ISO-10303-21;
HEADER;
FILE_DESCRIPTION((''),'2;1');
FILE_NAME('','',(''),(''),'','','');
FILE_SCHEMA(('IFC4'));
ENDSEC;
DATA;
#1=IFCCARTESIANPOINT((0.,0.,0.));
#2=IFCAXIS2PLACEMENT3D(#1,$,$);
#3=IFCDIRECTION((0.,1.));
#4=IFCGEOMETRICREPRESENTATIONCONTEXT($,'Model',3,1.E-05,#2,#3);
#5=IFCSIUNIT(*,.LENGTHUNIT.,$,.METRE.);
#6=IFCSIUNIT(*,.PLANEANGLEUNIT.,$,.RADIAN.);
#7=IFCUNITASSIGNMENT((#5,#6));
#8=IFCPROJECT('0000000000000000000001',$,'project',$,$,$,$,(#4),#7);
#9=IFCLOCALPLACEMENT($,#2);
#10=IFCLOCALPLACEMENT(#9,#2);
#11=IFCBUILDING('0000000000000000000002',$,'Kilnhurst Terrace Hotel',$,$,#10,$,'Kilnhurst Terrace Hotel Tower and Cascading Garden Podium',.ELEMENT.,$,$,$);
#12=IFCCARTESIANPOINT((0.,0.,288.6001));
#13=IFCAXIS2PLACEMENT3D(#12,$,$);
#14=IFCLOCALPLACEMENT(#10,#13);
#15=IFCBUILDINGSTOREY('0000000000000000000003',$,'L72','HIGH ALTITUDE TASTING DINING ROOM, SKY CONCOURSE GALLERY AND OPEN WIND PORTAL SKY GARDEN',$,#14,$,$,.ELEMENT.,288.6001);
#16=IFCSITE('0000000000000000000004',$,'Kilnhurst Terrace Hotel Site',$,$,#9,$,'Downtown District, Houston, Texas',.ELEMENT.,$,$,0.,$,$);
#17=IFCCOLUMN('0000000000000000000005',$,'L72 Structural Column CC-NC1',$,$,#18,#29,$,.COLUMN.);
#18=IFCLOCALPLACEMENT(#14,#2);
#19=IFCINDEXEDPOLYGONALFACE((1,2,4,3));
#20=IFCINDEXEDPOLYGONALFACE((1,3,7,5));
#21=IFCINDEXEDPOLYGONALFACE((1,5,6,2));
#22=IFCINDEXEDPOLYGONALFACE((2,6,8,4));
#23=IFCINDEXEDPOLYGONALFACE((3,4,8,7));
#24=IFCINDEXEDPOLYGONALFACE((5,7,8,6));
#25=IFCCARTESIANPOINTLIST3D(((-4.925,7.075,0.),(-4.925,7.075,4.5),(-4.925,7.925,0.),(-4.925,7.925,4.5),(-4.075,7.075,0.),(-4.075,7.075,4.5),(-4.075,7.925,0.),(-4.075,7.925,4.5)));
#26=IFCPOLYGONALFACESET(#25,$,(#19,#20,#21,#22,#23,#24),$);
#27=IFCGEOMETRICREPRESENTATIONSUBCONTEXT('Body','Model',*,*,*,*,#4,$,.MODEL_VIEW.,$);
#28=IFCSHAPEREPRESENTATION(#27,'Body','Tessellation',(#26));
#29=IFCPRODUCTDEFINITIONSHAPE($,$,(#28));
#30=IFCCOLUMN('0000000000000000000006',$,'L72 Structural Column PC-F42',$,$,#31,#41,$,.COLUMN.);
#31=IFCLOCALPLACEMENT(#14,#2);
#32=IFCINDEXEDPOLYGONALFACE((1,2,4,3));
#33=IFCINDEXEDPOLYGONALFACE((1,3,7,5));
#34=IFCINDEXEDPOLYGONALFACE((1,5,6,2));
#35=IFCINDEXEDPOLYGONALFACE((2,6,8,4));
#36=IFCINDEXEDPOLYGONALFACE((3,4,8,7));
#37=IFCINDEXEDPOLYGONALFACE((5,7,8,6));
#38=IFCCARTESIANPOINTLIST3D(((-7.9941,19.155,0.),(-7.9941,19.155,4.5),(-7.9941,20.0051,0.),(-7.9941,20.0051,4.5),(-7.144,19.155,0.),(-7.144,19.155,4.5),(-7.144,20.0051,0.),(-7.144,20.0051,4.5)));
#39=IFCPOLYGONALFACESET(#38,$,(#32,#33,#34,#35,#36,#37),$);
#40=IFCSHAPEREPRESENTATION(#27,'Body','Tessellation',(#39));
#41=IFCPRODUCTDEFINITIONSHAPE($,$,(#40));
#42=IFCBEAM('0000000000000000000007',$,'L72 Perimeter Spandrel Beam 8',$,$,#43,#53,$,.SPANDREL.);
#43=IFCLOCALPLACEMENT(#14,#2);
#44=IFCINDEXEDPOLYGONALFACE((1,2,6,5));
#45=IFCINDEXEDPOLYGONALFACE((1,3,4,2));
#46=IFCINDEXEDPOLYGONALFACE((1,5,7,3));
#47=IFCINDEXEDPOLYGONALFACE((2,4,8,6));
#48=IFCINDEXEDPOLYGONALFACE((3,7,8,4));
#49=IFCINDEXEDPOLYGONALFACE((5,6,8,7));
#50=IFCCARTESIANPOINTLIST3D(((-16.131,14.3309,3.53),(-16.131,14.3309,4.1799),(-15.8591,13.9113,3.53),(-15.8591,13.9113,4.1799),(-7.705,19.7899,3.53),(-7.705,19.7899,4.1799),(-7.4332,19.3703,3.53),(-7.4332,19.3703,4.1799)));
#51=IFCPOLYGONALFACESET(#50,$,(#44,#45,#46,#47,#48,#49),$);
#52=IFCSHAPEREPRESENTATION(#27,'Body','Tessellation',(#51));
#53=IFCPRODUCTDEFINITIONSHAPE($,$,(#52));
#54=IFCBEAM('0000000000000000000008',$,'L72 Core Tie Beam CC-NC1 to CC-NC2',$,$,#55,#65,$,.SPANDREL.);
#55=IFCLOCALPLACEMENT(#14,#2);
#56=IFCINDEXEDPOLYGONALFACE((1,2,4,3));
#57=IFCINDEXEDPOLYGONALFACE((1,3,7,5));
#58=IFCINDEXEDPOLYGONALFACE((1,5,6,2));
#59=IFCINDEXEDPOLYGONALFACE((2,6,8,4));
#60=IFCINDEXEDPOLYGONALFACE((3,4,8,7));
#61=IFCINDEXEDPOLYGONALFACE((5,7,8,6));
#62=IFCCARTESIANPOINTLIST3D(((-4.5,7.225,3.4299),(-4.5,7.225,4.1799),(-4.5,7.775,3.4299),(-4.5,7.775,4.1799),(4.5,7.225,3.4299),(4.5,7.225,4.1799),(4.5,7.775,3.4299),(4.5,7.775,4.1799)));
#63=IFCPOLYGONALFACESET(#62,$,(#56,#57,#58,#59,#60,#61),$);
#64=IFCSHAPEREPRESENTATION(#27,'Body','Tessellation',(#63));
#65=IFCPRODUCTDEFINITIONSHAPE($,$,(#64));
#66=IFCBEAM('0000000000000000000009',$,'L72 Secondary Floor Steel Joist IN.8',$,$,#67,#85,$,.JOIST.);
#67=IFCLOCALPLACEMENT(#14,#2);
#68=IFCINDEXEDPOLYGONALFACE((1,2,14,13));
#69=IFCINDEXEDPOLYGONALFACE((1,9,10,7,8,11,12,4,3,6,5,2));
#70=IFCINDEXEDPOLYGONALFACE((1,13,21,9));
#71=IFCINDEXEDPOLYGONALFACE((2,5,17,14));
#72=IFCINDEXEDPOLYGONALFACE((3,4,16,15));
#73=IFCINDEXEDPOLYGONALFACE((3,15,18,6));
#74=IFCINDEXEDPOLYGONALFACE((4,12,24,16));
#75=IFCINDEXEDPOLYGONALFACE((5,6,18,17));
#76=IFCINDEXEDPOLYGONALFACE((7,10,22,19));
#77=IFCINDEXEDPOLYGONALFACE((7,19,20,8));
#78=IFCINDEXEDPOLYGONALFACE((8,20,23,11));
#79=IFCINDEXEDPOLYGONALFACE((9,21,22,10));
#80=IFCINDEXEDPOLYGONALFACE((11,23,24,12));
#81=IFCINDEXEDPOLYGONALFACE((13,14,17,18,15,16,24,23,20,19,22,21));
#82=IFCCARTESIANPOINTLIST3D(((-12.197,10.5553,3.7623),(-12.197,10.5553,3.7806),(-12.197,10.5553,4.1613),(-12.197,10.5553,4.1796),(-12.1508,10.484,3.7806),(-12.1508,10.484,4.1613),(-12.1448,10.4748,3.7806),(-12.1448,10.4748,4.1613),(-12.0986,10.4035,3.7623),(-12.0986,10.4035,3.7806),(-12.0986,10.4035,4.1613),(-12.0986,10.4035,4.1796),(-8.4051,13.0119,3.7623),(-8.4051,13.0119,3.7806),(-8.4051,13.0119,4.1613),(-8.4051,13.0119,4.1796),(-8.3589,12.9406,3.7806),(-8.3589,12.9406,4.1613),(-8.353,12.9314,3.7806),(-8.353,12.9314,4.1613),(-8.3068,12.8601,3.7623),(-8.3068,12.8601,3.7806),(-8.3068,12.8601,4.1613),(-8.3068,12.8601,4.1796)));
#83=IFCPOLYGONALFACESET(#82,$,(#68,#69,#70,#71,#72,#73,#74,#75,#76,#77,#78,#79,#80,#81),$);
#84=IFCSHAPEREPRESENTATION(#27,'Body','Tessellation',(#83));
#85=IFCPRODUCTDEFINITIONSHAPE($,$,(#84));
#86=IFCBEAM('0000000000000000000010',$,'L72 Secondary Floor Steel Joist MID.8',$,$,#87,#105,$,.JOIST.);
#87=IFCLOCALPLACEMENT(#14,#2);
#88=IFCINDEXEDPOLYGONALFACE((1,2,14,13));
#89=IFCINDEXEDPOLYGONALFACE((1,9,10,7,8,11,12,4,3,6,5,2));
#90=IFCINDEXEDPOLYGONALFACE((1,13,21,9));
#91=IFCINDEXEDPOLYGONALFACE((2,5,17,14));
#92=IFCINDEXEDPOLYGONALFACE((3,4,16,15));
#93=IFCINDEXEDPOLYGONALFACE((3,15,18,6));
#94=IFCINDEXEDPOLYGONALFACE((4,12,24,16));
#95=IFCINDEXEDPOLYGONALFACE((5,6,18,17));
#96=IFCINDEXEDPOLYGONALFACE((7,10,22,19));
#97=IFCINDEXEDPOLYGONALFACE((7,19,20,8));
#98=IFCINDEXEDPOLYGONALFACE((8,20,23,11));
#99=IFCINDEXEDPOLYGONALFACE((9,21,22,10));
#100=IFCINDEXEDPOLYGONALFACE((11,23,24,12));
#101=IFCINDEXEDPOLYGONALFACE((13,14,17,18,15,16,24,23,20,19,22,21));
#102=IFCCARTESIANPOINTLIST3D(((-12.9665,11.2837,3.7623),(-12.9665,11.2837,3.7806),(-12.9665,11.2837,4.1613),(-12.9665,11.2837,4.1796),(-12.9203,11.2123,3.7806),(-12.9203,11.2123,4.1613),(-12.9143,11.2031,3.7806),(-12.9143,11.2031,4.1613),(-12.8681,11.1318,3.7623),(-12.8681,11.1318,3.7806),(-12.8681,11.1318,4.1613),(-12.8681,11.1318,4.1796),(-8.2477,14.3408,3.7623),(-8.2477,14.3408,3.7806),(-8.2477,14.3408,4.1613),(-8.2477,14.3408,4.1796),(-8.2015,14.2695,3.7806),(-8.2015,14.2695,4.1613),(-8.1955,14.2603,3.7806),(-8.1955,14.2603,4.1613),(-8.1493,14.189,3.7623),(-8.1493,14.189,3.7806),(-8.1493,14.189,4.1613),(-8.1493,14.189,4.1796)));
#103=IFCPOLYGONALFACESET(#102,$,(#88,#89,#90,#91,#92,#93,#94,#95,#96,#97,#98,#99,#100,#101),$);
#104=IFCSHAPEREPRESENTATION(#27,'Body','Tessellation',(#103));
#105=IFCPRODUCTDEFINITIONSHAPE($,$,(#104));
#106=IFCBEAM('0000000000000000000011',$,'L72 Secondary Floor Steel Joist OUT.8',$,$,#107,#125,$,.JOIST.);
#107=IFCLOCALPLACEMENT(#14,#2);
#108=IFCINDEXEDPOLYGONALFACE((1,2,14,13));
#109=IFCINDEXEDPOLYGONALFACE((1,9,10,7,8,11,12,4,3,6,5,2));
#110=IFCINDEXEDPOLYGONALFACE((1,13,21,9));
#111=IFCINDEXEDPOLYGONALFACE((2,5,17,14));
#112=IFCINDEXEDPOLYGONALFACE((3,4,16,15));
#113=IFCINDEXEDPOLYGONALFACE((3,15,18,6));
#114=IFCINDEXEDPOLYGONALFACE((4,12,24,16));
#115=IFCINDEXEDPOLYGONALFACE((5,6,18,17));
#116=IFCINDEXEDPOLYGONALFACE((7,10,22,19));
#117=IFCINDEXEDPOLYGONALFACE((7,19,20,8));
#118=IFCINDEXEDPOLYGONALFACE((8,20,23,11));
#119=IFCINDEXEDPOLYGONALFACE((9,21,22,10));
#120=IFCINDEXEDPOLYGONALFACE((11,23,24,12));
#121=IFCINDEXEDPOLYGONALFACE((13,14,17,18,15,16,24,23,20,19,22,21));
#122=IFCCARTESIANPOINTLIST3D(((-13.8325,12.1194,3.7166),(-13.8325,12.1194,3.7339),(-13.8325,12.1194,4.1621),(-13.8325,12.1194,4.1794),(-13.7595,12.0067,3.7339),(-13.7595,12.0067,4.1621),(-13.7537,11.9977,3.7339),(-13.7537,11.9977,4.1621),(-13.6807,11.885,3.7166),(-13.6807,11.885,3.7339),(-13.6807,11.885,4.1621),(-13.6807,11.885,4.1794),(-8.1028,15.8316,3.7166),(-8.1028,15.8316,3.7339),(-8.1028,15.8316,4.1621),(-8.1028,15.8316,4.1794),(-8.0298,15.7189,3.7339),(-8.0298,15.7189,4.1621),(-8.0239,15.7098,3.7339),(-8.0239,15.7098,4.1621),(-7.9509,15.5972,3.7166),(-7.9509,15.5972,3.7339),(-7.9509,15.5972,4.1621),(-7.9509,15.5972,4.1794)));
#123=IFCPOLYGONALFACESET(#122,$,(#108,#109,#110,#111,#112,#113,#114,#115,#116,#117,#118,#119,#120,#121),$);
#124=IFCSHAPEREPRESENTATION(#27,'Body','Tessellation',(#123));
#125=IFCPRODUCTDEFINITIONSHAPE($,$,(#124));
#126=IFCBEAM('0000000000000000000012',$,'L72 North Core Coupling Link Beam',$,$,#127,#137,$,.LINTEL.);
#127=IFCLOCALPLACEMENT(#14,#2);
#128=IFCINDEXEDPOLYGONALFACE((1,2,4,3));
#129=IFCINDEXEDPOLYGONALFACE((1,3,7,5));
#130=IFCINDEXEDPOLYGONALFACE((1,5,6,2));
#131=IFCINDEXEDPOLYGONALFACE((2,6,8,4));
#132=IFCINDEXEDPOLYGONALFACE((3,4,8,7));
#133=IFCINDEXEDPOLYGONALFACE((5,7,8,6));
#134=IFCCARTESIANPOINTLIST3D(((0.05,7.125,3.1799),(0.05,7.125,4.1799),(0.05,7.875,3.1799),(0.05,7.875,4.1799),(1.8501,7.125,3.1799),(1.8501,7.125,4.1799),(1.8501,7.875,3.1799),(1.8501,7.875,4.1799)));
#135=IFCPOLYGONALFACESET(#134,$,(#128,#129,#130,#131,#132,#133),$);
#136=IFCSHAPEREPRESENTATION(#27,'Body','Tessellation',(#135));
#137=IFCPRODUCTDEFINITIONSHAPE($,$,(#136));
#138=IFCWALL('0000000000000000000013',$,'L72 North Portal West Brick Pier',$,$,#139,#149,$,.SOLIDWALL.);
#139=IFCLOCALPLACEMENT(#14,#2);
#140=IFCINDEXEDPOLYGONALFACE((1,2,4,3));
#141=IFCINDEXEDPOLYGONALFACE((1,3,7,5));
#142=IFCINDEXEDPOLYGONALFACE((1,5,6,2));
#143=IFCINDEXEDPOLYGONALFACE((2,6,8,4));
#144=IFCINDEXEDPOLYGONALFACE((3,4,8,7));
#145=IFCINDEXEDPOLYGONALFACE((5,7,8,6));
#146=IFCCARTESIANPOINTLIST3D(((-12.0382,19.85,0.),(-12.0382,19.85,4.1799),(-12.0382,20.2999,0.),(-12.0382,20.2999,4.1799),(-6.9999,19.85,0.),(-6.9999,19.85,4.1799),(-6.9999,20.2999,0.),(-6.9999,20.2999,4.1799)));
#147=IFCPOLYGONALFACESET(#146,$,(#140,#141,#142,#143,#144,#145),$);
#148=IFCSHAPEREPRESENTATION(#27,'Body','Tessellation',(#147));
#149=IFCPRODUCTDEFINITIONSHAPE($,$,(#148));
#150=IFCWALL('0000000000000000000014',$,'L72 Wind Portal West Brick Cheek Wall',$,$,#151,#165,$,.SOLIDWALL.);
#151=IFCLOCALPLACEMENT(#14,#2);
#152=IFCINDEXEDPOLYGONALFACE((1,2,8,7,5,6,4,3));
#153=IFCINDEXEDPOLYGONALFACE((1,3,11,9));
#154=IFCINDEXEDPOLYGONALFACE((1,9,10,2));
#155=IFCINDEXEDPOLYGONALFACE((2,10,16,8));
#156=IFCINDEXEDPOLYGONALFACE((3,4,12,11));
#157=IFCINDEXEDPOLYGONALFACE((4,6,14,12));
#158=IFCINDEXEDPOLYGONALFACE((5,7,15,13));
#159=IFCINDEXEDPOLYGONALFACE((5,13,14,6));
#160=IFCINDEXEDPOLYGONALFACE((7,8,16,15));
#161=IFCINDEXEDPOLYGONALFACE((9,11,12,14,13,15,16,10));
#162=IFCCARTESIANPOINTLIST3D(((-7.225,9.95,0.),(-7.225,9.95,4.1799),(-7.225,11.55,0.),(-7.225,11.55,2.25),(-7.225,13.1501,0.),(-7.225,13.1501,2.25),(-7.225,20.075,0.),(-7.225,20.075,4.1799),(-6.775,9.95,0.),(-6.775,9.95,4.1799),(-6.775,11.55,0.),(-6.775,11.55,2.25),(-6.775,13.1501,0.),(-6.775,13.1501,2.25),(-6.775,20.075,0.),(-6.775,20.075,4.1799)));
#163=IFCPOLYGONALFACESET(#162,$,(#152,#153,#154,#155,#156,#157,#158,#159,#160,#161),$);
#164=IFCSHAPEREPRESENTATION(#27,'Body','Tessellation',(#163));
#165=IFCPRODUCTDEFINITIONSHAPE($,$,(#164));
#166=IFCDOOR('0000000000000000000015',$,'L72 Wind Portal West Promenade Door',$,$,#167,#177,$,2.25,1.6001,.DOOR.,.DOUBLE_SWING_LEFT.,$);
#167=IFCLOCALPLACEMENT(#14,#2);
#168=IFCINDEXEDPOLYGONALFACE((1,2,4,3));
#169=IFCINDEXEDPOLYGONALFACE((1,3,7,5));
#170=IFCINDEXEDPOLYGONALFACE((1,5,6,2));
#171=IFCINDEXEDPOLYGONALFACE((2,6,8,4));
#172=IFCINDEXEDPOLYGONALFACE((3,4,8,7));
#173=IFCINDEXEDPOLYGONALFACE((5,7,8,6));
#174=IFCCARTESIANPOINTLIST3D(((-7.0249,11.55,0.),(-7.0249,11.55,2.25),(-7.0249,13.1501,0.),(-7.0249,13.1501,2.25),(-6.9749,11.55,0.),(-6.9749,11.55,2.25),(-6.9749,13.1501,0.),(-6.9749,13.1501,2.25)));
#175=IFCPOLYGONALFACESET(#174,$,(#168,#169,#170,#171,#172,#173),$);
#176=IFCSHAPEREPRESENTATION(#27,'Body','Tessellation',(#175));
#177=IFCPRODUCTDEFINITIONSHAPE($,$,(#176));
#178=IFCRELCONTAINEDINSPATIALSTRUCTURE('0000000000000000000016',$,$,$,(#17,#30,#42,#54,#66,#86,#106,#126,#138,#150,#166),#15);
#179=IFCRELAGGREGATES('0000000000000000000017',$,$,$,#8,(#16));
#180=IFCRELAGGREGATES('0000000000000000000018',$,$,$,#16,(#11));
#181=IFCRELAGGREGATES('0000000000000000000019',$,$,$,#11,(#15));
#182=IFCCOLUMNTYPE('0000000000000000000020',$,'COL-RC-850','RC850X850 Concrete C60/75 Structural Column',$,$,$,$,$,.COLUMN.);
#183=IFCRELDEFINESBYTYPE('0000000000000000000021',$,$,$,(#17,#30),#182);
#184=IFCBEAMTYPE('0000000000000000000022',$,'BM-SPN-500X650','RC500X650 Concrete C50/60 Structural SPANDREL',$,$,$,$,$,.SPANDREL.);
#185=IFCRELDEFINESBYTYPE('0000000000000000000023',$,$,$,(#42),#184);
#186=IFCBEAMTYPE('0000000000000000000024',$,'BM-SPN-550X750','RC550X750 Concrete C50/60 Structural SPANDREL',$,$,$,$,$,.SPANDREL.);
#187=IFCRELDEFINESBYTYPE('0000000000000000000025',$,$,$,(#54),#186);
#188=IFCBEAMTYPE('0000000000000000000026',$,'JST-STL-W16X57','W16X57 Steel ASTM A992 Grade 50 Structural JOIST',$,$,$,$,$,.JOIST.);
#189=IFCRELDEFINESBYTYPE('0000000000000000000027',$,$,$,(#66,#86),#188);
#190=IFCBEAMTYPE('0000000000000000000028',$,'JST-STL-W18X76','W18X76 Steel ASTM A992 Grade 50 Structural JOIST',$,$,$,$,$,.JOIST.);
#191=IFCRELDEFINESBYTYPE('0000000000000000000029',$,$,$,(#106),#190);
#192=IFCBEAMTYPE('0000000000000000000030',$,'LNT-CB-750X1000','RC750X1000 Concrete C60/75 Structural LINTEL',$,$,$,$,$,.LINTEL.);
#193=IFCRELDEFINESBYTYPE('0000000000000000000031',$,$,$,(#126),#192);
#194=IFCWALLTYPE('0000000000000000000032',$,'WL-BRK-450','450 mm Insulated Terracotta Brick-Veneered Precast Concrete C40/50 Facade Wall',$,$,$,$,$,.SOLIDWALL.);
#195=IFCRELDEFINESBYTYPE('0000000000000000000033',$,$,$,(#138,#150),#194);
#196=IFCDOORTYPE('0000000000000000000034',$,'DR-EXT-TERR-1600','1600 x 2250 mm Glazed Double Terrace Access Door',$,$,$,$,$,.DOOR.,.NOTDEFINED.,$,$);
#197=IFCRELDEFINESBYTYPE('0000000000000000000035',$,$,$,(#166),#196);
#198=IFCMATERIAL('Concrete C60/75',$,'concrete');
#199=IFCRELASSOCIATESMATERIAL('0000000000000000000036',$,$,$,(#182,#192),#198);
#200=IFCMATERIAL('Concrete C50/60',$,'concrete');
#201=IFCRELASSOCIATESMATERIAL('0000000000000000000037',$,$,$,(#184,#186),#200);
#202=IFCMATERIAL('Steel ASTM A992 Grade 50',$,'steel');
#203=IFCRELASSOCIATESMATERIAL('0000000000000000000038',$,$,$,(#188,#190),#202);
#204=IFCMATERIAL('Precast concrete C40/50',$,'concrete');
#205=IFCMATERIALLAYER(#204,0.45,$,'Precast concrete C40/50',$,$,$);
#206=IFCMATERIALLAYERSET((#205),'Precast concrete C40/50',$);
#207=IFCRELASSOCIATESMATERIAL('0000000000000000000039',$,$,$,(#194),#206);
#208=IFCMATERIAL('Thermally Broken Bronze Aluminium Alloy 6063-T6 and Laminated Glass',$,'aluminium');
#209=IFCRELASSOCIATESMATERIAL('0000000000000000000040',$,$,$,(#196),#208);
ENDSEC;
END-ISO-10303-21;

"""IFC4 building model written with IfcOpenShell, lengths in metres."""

from ifc_helpers import new_model, si_unit, direction, frame, frame_2d, origin, origin_2d, place, context, subcontext, project, spatial, rectangle, i_section, extrude, material, layer, layer_set, material_profile, profile_set, type_object, element, fill, save


model = new_model("IFC4")

# Units and contexts
model_context = context("Model", 3, precision=1e-05, world=origin(), true_north=direction((0.0, 1.0)))
body_context = subcontext(model_context, "Body", "Model", "MODEL_VIEW")
ifc_project = project(units=[si_unit("LENGTHUNIT", "METRE"), si_unit("PLANEANGLEUNIT", "RADIAN")], contexts=[model_context])

# Site, building, storey
site_placement = place(None, origin())
site = spatial("IfcSite", under=ifc_project, at=site_placement, Name="Kilnhurst Terrace Hotel Site", LongName="Downtown District, Houston, Texas", CompositionType="ELEMENT", RefElevation=0.0)
building_placement = place(site_placement, origin())
building = spatial("IfcBuilding", under=site, at=building_placement, Name="Kilnhurst Terrace Hotel", LongName="Kilnhurst Terrace Hotel Tower and Cascading Garden Podium", CompositionType="ELEMENT")
storey_placement = place(building_placement, frame((0.0, 0.0, 288.6001)))
storey = spatial("IfcBuildingStorey", under=building, at=storey_placement, Name="L72", Description="HIGH ALTITUDE TASTING DINING ROOM, SKY CONCOURSE GALLERY AND OPEN WIND PORTAL SKY GARDEN", CompositionType="ELEMENT", Elevation=288.6001)

# Columns
ifc_material_1 = material(Name="Concrete C60/75", Category="concrete")
ifc_material_profile_1 = material_profile(ifc_material_1, rectangle(XDim=0.8501, YDim=0.8501, at=origin_2d()), Name="RC850X850")
ifc_profile_set_1 = profile_set([ifc_material_profile_1], Name="Concrete C60/75")
column_type = type_object("IfcColumnType", Name="COL-RC-850", Description="RC850X850 Concrete C60/75 Structural Column", PredefinedType="COLUMN", material=ifc_profile_set_1)
for number, where, z_axis, x_axis, name in (
    (1, (-4.5, 7.5, 0.0), (0.0, 0.0, 1.0), (1.0, 0.0, 0.0), "L72 Structural Column CC-NC1"),
    (2, (-7.5691, 19.5801, 0.0), (0.0, 0.0, 1.0), (1.0, 0.0, 0.0), "L72 Structural Column PC-F42"),
):
    element("IfcColumn", number, at=place(storey_placement, frame(where, z_axis=z_axis, x_axis=x_axis)), inside=storey, type_object=column_type, Name=name, PredefinedType="COLUMN", context=body_context, shape_type="SweptSolid", body=[
        extrude(rectangle(XDim=0.8501, YDim=0.8501, at=origin_2d()), origin(), (0.0, 0.0, 1.0), 4.5),
    ])

# Beams
ifc_material_2 = material(Name="Concrete C50/60", Category="concrete")
ifc_material_profile_2 = material_profile(ifc_material_2, rectangle(XDim=0.5, YDim=0.6499, at=origin_2d()), Name="RC500X650")
ifc_profile_set_2 = profile_set([ifc_material_profile_2], Name="Concrete C50/60")
beam_type_1 = type_object("IfcBeamType", Name="BM-SPN-500X650", Description="RC500X650 Concrete C50/60 Structural SPANDREL", PredefinedType="SPANDREL", material=ifc_profile_set_2)
beam_1_placement = place(storey_placement, frame((-7.5691, 19.5801, 3.855), z_axis=(-0.839259, -0.543732, 0.0), x_axis=(0.543732, -0.839259, 0.0)))
element("IfcBeam", 3, at=beam_1_placement, inside=storey, type_object=beam_type_1, Name="L72 Perimeter Spandrel Beam 8", PredefinedType="SPANDREL", context=body_context, shape_type="SweptSolid", body=[
    extrude(rectangle(XDim=0.5, YDim=0.6499, at=origin_2d()), origin(), (0.0, 0.0, 1.0), 10.0398),
])
ifc_material_profile_3 = material_profile(ifc_material_2, rectangle(XDim=0.55, YDim=0.75, at=origin_2d()), Name="RC550X750")
ifc_profile_set_3 = profile_set([ifc_material_profile_3], Name="Concrete C50/60")
beam_type_2 = type_object("IfcBeamType", Name="BM-SPN-550X750", Description="RC550X750 Concrete C50/60 Structural SPANDREL", PredefinedType="SPANDREL", material=ifc_profile_set_3)
beam_2_placement = place(storey_placement, frame((-4.5, 7.5, 3.8049), z_axis=(1.0, 0.0, 0.0), x_axis=(0.0, 1.0, 0.0)))
element("IfcBeam", 4, at=beam_2_placement, inside=storey, type_object=beam_type_2, Name="L72 Core Tie Beam CC-NC1 to CC-NC2", PredefinedType="SPANDREL", context=body_context, shape_type="SweptSolid", body=[
    extrude(rectangle(XDim=0.55, YDim=0.75, at=origin_2d()), origin(), (0.0, 0.0, 1.0), 9.0),
])
ifc_material_3 = material(Name="Steel ASTM A992 Grade 50", Category="steel")
ifc_material_profile_4 = material_profile(ifc_material_3, i_section(OverallWidth=0.1809, OverallDepth=0.4172, WebThickness=0.011, FlangeThickness=0.0183, at=origin_2d()), Name="W16X57")
ifc_profile_set_4 = profile_set([ifc_material_profile_4], Name="Steel ASTM A992 Grade 50")
beam_type_3 = type_object("IfcBeamType", Name="JST-STL-W16X57", Description="W16X57 Steel ASTM A992 Grade 50 Structural JOIST", PredefinedType="JOIST", material=ifc_profile_set_4)
beam_3_placement = place(storey_placement, frame((-8.356, 12.936, 3.9709), z_axis=(-0.839261, -0.543728, 0.0), x_axis=(0.543728, -0.839261, 0.0)))
element("IfcBeam", 5, at=beam_3_placement, inside=storey, type_object=beam_type_3, Name="L72 Secondary Floor Steel Joist IN.8", PredefinedType="JOIST", context=body_context, shape_type="SweptSolid", body=[
    extrude(i_section(OverallWidth=0.1809, OverallDepth=0.4172, WebThickness=0.011, FlangeThickness=0.0183, at=origin_2d()), origin(), (0.0, 0.0, 1.0), 4.5181),
])
beam_4_placement = place(storey_placement, frame((-8.1985, 14.2649, 3.9709), z_axis=(-0.83926, -0.54373, 0.0), x_axis=(0.54373, -0.83926, 0.0)))
element("IfcBeam", 6, at=beam_4_placement, inside=storey, type_object=beam_type_3, Name="L72 Secondary Floor Steel Joist MID.8", PredefinedType="JOIST", context=body_context, shape_type="SweptSolid", body=[
    extrude(i_section(OverallWidth=0.1809, OverallDepth=0.4172, WebThickness=0.011, FlangeThickness=0.0183, at=origin_2d()), origin(), (0.0, 0.0, 1.0), 5.6226),
])
ifc_material_profile_5 = material_profile(ifc_material_3, i_section(OverallWidth=0.2793, OverallDepth=0.4629, WebThickness=0.0107, FlangeThickness=0.0173, at=origin_2d()), Name="W18X76")
ifc_profile_set_5 = profile_set([ifc_material_profile_5], Name="Steel ASTM A992 Grade 50")
beam_type_4 = type_object("IfcBeamType", Name="JST-STL-W18X76", Description="W18X76 Steel ASTM A992 Grade 50 Structural JOIST", PredefinedType="JOIST", material=ifc_profile_set_5)
beam_5_placement = place(storey_placement, frame((-8.0269, 15.7144, 3.948), z_axis=(-0.839257, -0.543735, 0.0), x_axis=(0.543735, -0.839257, 0.0)))
element("IfcBeam", 7, at=beam_5_placement, inside=storey, type_object=beam_type_4, Name="L72 Secondary Floor Steel Joist OUT.8", PredefinedType="JOIST", context=body_context, shape_type="SweptSolid", body=[
    extrude(i_section(OverallWidth=0.2793, OverallDepth=0.4629, WebThickness=0.0107, FlangeThickness=0.0173, at=origin_2d()), origin(), (0.0, 0.0, 1.0), 6.8271),
])
ifc_material_profile_6 = material_profile(ifc_material_1, rectangle(XDim=0.75, YDim=1.0, at=origin_2d()), Name="RC750X1000")
ifc_profile_set_6 = profile_set([ifc_material_profile_6], Name="Concrete C60/75")
beam_type_5 = type_object("IfcBeamType", Name="LNT-CB-750X1000", Description="RC750X1000 Concrete C60/75 Structural LINTEL", PredefinedType="LINTEL", material=ifc_profile_set_6)
beam_6_placement = place(storey_placement, frame((0.05, 7.5, 3.6799), z_axis=(1.0, 0.0, 0.0), x_axis=(0.0, 1.0, 0.0)))
element("IfcBeam", 8, at=beam_6_placement, inside=storey, type_object=beam_type_5, Name="L72 North Core Coupling Link Beam", PredefinedType="LINTEL", context=body_context, shape_type="SweptSolid", body=[
    extrude(rectangle(XDim=0.75, YDim=1.0, at=origin_2d()), origin(), (0.0, 0.0, 1.0), 1.8),
])

# Wall
ifc_material_4 = material(Name="Precast concrete C40/50", Category="concrete")
ifc_layer_1 = layer(ifc_material_4, 0.45, Name="Precast concrete C40/50")
ifc_layer_set_1 = layer_set([ifc_layer_1], Name="Precast concrete C40/50")
wall_type_1 = type_object("IfcWallType", Name="WL-BRK-450", Description="450 mm Insulated Terracotta Brick-Veneered Precast Concrete C40/50 Facade Wall", PredefinedType="SOLIDWALL", material=ifc_layer_set_1)
wall_1_placement = place(storey_placement, frame((-7.0, 20.075, 0.0), z_axis=(0.0, 0.0, 1.0), x_axis=(-1.0, 0.0, 0.0)))
element("IfcWall", 9, at=wall_1_placement, inside=storey, type_object=wall_type_1, Name="L72 North Portal West Brick Pier", PredefinedType="SOLIDWALL", context=body_context, shape_type="SweptSolid", body=[
    extrude(rectangle(XDim=5.0383, YDim=0.45, at=frame_2d((2.519, 0.0))), origin(), (0.0, 0.0, 1.0), 4.1799),
])

# Wall, opening, door
wall_2_placement = place(storey_placement, frame((-7.0, 9.95, 0.0), z_axis=(0.0, 0.0, 1.0), x_axis=(0.0, 1.0, 0.0)))
wall_2 = element("IfcWall", 10, at=wall_2_placement, inside=storey, type_object=wall_type_1, Name="L72 Wind Portal West Brick Cheek Wall", PredefinedType="SOLIDWALL", context=body_context, shape_type="SweptSolid", body=[
    extrude(rectangle(XDim=10.125, YDim=0.45, at=frame_2d((5.0625, 0.0))), origin(), (0.0, 0.0, 1.0), 4.1799),
])
opening_1_placement = place(wall_2_placement, frame((1.6001, 0.0, 0.0)))
opening_1 = element("IfcOpeningElement", 11, at=opening_1_placement, cuts=wall_2, PredefinedType="OPENING", context=body_context, shape_type="SweptSolid", body=[
    extrude(rectangle(XDim=1.6001, YDim=2.25, at=frame_2d((0.8, 1.125))), frame((0.0, 0.2349, 0.0), z_axis=(0.0, -1.0, 0.0), x_axis=(1.0, 0.0, 0.0)), (0.0, 0.0, 1.0), 0.47),
])
ifc_material_5 = material(Name="Thermally Broken Bronze Aluminium Alloy 6063-T6 and Laminated Glass", Category="aluminium")
door_type_1 = type_object("IfcDoorType", Name="DR-EXT-TERR-1600", Description="1600 x 2250 mm Glazed Double Terrace Access Door", OperationType="NOTDEFINED", PredefinedType="DOOR", material=ifc_material_5)
door_1_placement = place(opening_1_placement, origin())
door_1 = element("IfcDoor", 12, at=door_1_placement, inside=storey, type_object=door_type_1, Name="L72 Wind Portal West Promenade Door", OperationType="DOUBLE_SWING_LEFT", OverallHeight=2.25, OverallWidth=1.6001, PredefinedType="DOOR", context=body_context, shape_type="SweptSolid", body=[
    extrude(rectangle(XDim=1.6001, YDim=2.25, at=frame_2d((0.8, 1.125))), frame((0.0, 0.0249, 0.0), z_axis=(0.0, -1.0, 0.0), x_axis=(1.0, 0.0, 0.0)), (0.0, 0.0, 1.0), 0.05),
])
fill(opening_1, door_1)

save(model, "model.ifc")
